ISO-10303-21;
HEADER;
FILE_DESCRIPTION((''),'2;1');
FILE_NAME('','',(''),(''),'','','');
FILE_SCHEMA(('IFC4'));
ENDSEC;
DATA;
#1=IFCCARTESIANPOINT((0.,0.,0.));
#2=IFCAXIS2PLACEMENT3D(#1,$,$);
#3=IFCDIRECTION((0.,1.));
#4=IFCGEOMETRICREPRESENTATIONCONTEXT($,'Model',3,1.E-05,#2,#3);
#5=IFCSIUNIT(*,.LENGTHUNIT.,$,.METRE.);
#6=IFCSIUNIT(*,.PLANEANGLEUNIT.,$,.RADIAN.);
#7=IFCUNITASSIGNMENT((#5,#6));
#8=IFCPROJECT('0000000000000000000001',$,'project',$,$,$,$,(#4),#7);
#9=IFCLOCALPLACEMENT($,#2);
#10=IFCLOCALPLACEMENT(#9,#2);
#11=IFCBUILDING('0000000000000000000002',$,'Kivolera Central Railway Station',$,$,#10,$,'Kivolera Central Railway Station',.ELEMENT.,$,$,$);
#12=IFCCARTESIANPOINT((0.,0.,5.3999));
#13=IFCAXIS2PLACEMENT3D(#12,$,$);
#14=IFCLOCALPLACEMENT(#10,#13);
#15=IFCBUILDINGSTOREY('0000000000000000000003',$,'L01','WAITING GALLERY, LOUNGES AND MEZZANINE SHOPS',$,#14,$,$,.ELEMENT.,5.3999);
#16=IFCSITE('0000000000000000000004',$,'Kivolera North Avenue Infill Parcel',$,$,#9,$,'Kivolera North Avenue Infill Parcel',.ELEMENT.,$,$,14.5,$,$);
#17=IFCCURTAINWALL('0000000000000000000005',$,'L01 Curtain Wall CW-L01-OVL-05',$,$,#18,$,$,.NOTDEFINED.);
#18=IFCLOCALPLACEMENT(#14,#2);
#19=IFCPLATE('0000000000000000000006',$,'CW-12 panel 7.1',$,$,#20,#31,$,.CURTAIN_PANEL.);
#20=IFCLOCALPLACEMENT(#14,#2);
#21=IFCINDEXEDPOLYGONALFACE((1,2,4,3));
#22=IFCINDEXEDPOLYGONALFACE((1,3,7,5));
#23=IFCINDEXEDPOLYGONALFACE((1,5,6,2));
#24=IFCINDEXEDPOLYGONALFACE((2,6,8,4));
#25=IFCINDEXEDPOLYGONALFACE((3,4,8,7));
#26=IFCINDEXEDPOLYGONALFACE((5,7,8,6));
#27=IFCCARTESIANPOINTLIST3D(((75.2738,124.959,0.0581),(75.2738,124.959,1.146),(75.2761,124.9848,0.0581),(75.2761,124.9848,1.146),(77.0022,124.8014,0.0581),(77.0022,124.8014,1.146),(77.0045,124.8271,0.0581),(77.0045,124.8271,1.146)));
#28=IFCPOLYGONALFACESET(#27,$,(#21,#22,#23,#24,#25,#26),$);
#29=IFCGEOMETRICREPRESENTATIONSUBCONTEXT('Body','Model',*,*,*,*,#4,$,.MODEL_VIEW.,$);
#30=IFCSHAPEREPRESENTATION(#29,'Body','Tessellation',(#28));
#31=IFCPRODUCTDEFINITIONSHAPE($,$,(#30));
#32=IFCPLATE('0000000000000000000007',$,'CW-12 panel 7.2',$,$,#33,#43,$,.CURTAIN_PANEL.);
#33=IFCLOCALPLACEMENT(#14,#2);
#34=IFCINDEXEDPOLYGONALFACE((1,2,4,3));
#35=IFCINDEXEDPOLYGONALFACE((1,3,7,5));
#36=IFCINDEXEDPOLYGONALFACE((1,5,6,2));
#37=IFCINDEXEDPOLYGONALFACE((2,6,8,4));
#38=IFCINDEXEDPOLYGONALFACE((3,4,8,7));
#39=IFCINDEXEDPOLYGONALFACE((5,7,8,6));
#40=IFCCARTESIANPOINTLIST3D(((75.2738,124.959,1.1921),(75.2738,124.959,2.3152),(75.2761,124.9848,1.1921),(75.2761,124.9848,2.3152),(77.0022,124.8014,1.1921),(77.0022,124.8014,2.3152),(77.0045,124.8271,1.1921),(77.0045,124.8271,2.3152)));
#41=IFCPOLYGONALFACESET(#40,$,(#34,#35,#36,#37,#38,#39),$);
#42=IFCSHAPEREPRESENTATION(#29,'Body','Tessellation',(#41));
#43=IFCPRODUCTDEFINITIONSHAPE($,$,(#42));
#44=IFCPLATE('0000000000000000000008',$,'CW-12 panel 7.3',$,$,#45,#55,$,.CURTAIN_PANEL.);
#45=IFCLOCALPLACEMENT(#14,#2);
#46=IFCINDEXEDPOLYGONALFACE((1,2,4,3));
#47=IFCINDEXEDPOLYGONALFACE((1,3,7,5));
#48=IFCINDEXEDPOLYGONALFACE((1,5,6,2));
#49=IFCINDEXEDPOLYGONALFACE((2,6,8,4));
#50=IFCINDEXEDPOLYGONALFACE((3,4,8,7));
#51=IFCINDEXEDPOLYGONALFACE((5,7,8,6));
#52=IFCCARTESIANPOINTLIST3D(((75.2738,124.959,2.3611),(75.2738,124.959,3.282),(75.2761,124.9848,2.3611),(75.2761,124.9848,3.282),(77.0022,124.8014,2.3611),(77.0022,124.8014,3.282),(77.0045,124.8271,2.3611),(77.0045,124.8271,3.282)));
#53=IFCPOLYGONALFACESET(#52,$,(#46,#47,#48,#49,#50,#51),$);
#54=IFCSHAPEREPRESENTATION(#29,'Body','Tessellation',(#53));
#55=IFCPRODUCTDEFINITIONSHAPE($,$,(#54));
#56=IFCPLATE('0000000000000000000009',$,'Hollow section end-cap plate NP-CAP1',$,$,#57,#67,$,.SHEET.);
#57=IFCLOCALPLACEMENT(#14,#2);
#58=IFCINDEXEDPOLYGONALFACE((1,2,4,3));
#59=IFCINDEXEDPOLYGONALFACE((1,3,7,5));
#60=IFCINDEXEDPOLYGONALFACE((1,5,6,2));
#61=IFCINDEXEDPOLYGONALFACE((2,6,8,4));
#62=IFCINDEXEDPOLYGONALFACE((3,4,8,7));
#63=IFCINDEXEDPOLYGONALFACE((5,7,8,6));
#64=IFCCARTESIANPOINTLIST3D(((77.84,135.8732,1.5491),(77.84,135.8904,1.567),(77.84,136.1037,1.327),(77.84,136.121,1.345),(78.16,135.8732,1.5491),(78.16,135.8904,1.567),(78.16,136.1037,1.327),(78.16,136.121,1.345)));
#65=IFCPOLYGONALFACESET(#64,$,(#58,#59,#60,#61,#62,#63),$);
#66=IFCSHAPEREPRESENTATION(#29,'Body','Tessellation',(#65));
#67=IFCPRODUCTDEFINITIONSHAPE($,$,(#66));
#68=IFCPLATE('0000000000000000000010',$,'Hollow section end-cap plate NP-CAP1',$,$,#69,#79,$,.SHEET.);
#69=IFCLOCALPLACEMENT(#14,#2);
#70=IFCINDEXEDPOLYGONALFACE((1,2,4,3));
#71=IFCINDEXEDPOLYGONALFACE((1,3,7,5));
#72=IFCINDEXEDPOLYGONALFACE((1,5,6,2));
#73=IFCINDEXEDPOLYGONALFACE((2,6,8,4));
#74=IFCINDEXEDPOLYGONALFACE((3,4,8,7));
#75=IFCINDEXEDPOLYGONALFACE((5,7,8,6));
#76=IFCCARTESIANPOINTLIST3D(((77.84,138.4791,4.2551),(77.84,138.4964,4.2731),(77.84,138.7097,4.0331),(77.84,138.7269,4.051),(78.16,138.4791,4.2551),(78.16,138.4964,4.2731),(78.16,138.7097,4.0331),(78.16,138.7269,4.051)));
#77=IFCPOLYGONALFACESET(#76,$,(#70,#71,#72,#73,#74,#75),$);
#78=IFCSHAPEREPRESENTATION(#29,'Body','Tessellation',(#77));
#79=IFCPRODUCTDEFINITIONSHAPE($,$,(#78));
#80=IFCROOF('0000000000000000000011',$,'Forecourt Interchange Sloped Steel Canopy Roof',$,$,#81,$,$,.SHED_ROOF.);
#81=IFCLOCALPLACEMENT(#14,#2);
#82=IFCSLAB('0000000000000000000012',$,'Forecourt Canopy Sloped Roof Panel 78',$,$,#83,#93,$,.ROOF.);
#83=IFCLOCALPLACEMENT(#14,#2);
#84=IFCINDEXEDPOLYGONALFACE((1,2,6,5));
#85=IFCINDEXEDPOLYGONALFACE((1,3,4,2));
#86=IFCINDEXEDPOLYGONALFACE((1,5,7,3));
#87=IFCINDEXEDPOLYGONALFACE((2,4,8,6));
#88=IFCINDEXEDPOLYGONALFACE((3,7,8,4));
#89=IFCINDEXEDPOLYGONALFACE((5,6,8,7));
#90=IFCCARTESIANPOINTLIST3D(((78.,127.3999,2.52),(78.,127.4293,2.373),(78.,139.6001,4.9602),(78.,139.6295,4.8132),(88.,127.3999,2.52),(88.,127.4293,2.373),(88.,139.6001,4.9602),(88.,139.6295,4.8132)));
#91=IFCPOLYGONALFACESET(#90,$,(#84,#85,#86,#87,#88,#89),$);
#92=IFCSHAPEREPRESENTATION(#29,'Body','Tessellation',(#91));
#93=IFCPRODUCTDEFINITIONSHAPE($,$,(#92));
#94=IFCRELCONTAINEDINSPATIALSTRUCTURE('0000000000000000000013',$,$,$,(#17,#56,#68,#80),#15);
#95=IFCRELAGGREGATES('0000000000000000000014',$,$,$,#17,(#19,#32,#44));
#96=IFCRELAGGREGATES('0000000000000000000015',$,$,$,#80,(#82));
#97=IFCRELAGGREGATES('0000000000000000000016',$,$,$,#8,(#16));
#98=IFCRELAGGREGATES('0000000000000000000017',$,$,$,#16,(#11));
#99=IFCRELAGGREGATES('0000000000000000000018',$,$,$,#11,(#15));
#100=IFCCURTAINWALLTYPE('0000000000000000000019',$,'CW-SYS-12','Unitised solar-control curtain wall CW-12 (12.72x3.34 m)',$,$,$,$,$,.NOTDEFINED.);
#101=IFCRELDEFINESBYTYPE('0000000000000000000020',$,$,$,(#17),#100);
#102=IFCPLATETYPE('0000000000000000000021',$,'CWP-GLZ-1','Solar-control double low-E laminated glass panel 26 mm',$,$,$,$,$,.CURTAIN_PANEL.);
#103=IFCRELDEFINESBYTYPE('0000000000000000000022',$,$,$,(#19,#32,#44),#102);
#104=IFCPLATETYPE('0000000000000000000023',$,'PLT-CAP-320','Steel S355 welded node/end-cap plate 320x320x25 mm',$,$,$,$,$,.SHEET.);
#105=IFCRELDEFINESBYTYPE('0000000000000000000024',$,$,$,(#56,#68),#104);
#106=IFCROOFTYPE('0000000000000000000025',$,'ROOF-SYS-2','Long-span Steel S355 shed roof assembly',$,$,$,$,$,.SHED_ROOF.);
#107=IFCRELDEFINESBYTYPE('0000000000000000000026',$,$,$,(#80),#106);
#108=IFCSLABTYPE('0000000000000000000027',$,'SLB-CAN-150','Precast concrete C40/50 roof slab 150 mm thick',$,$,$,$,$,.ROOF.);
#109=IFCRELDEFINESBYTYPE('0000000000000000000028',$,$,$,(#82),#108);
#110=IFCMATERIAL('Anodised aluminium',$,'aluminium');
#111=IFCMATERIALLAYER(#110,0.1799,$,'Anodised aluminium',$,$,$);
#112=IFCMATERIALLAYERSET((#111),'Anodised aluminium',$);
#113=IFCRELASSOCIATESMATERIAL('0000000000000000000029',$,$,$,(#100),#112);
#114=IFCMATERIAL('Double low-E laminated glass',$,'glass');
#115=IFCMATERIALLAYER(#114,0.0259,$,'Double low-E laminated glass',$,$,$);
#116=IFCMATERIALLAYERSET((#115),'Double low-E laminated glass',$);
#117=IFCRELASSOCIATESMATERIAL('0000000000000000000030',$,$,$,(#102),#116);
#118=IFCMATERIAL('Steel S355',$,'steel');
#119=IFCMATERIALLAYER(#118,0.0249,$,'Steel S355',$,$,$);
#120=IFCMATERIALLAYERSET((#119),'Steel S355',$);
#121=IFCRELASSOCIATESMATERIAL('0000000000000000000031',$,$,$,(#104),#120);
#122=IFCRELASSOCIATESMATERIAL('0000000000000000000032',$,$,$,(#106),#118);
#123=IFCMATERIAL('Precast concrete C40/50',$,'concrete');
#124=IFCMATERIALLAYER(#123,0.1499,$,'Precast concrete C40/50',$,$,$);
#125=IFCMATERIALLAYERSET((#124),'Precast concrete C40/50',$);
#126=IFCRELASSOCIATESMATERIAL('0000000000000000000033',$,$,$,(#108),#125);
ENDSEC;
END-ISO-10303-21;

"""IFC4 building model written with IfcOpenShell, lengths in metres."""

from ifc_helpers import new_model, si_unit, direction, frame, origin, origin_2d, place, context, subcontext, project, spatial, polyline, rectangle, outline, extrude, material, layer, layer_set, type_object, element, aggregate, save


model = new_model("IFC4")

# Units and contexts
model_context = context("Model", 3, precision=1e-05, world=origin(), true_north=direction((0.0, 1.0)))
body_context = subcontext(model_context, "Body", "Model", "MODEL_VIEW")
ifc_project = project(units=[si_unit("LENGTHUNIT", "METRE"), si_unit("PLANEANGLEUNIT", "RADIAN")], contexts=[model_context])

# Site, building, storey
site_placement = place(None, origin())
site = spatial("IfcSite", under=ifc_project, at=site_placement, Name="Kivolera North Avenue Infill Parcel", LongName="Kivolera North Avenue Infill Parcel", CompositionType="ELEMENT", RefElevation=14.5)
building_placement = place(site_placement, origin())
building = spatial("IfcBuilding", under=site, at=building_placement, Name="Kivolera Central Railway Station", LongName="Kivolera Central Railway Station", CompositionType="ELEMENT")
storey_placement = place(building_placement, frame((0.0, 0.0, 5.3999)))
storey = spatial("IfcBuildingStorey", under=building, at=storey_placement, Name="L01", Description="WAITING GALLERY, LOUNGES AND MEZZANINE SHOPS", CompositionType="ELEMENT", Elevation=5.3999)

# Shared definitions
ifc_material_1 = material(Name="Steel S355", Category="steel")

# Curtain wall
ifc_material_2 = material(Name="Anodised aluminium", Category="aluminium")
ifc_layer_1 = layer(ifc_material_2, 0.1799, Name="Anodised aluminium")
ifc_layer_set_1 = layer_set([ifc_layer_1], Name="Anodised aluminium")
curtain_wall_type_1 = type_object("IfcCurtainWallType", Name="CW-SYS-12", Description="Unitised solar-control curtain wall CW-12 (12.72x3.34 m)", PredefinedType="NOTDEFINED", material=ifc_layer_set_1)
curtain_wall_1_placement = place(storey_placement, origin())
curtain_wall_1 = element("IfcCurtainWall", 1, at=curtain_wall_1_placement, inside=storey, type_object=curtain_wall_type_1, Name="L01 Curtain Wall CW-L01-OVL-05", PredefinedType="NOTDEFINED")

# Plates
ifc_material_3 = material(Name="Double low-E laminated glass", Category="glass")
ifc_layer_2 = layer(ifc_material_3, 0.0259, Name="Double low-E laminated glass")
ifc_layer_set_2 = layer_set([ifc_layer_2], Name="Double low-E laminated glass")
plate_type_1 = type_object("IfcPlateType", Name="CWP-GLZ-1", Description="Solar-control double low-E laminated glass panel 26 mm", PredefinedType="CURTAIN_PANEL", material=ifc_layer_set_2)
plate_1_placement = place(storey_placement, frame((76.1392, 124.8931, 0.0581), z_axis=(0.0, 0.0, 1.0), x_axis=(0.995866, -0.090834, 0.0)))
plate_1 = element("IfcPlate", 2, at=plate_1_placement, type_object=plate_type_1, Name="CW-12 panel 7.1", PredefinedType="CURTAIN_PANEL", context=body_context, shape_type="SweptSolid", body=[
    extrude(rectangle(XDim=1.7356, YDim=0.0259, at=origin_2d()), origin(), (0.0, 0.0, 1.0), 1.0879),
])
plate_2_placement = place(storey_placement, frame((76.1392, 124.8931, 1.1921), z_axis=(0.0, 0.0, 1.0), x_axis=(0.995866, -0.090834, 0.0)))
plate_2 = element("IfcPlate", 3, at=plate_2_placement, type_object=plate_type_1, Name="CW-12 panel 7.2", PredefinedType="CURTAIN_PANEL", context=body_context, shape_type="SweptSolid", body=[
    extrude(rectangle(XDim=1.7356, YDim=0.0259, at=origin_2d()), origin(), (0.0, 0.0, 1.0), 1.123),
])
plate_3_placement = place(storey_placement, frame((76.1392, 124.8931, 2.3611), z_axis=(0.0, 0.0, 1.0), x_axis=(0.995866, -0.090834, 0.0)))
plate_3 = element("IfcPlate", 4, at=plate_3_placement, type_object=plate_type_1, Name="CW-12 panel 7.3", PredefinedType="CURTAIN_PANEL", context=body_context, shape_type="SweptSolid", body=[
    extrude(rectangle(XDim=1.7356, YDim=0.0259, at=origin_2d()), origin(), (0.0, 0.0, 1.0), 0.9209),
])
aggregate(curtain_wall_1, [plate_1, plate_2, plate_3])

# Plates
ifc_layer_3 = layer(ifc_material_1, 0.0249, Name="Steel S355")
ifc_layer_set_3 = layer_set([ifc_layer_3], Name="Steel S355")
plate_type_2 = type_object("IfcPlateType", Name="PLT-CAP-320", Description="Steel S355 welded node/end-cap plate 320x320x25 mm", PredefinedType="SHEET", material=ifc_layer_set_3)
for number, where, z_axis, x_axis, name in (
    (5, (78.0, 135.9971, 1.447), (0.0, 0.693642, 0.72032), (-1.0, 0.0, 0.0), "Hollow section end-cap plate NP-CAP1"),
    (6, (78.0, 138.603, 4.1531), (0.0, 0.693642, 0.72032), (-1.0, 0.0, 0.0), "Hollow section end-cap plate NP-CAP1"),
):
    element("IfcPlate", number, at=place(storey_placement, frame(where, z_axis=z_axis, x_axis=x_axis)), inside=storey, type_object=plate_type_2, Name=name, PredefinedType="SHEET", context=body_context, shape_type="SweptSolid", body=[
        extrude(rectangle(XDim=0.3201, YDim=0.3201, at=origin_2d()), frame((0.0, 0.0, -0.0125)), (0.0, 0.0, 1.0), 0.0249),
    ])

# Roof, slab
roof_type = type_object("IfcRoofType", Name="ROOF-SYS-2", Description="Long-span Steel S355 shed roof assembly", PredefinedType="SHED_ROOF", material=ifc_material_1)
roof_placement = place(storey_placement, origin())
roof = element("IfcRoof", 7, at=roof_placement, inside=storey, type_object=roof_type, Name="Forecourt Interchange Sloped Steel Canopy Roof", PredefinedType="SHED_ROOF")
ifc_material_4 = material(Name="Precast concrete C40/50", Category="concrete")
ifc_layer_4 = layer(ifc_material_4, 0.1499, Name="Precast concrete C40/50")
ifc_layer_set_4 = layer_set([ifc_layer_4], Name="Precast concrete C40/50")
slab_type = type_object("IfcSlabType", Name="SLB-CAN-150", Description="Precast concrete C40/50 roof slab 150 mm thick", PredefinedType="ROOF", material=ifc_layer_set_4)
slab_placement = place(storey_placement, frame((78.0, 127.3999, 2.52), z_axis=(0.0, -0.196127, 0.980578), x_axis=(1.0, 0.0, 0.0)))
slab = element("IfcSlab", 8, at=slab_placement, type_object=slab_type, Name="Forecourt Canopy Sloped Roof Panel 78", PredefinedType="ROOF", context=body_context, shape_type="SweptSolid", body=[
    extrude(outline(polyline([(0.0, 0.0), (10.0, 0.0), (10.0, 12.4418), (0.0, 12.4418), (0.0, 0.0)])), origin(), (0.0, 0.0, -1.0), 0.1499),
])
aggregate(roof, [slab])

save(model, "model.ifc")
